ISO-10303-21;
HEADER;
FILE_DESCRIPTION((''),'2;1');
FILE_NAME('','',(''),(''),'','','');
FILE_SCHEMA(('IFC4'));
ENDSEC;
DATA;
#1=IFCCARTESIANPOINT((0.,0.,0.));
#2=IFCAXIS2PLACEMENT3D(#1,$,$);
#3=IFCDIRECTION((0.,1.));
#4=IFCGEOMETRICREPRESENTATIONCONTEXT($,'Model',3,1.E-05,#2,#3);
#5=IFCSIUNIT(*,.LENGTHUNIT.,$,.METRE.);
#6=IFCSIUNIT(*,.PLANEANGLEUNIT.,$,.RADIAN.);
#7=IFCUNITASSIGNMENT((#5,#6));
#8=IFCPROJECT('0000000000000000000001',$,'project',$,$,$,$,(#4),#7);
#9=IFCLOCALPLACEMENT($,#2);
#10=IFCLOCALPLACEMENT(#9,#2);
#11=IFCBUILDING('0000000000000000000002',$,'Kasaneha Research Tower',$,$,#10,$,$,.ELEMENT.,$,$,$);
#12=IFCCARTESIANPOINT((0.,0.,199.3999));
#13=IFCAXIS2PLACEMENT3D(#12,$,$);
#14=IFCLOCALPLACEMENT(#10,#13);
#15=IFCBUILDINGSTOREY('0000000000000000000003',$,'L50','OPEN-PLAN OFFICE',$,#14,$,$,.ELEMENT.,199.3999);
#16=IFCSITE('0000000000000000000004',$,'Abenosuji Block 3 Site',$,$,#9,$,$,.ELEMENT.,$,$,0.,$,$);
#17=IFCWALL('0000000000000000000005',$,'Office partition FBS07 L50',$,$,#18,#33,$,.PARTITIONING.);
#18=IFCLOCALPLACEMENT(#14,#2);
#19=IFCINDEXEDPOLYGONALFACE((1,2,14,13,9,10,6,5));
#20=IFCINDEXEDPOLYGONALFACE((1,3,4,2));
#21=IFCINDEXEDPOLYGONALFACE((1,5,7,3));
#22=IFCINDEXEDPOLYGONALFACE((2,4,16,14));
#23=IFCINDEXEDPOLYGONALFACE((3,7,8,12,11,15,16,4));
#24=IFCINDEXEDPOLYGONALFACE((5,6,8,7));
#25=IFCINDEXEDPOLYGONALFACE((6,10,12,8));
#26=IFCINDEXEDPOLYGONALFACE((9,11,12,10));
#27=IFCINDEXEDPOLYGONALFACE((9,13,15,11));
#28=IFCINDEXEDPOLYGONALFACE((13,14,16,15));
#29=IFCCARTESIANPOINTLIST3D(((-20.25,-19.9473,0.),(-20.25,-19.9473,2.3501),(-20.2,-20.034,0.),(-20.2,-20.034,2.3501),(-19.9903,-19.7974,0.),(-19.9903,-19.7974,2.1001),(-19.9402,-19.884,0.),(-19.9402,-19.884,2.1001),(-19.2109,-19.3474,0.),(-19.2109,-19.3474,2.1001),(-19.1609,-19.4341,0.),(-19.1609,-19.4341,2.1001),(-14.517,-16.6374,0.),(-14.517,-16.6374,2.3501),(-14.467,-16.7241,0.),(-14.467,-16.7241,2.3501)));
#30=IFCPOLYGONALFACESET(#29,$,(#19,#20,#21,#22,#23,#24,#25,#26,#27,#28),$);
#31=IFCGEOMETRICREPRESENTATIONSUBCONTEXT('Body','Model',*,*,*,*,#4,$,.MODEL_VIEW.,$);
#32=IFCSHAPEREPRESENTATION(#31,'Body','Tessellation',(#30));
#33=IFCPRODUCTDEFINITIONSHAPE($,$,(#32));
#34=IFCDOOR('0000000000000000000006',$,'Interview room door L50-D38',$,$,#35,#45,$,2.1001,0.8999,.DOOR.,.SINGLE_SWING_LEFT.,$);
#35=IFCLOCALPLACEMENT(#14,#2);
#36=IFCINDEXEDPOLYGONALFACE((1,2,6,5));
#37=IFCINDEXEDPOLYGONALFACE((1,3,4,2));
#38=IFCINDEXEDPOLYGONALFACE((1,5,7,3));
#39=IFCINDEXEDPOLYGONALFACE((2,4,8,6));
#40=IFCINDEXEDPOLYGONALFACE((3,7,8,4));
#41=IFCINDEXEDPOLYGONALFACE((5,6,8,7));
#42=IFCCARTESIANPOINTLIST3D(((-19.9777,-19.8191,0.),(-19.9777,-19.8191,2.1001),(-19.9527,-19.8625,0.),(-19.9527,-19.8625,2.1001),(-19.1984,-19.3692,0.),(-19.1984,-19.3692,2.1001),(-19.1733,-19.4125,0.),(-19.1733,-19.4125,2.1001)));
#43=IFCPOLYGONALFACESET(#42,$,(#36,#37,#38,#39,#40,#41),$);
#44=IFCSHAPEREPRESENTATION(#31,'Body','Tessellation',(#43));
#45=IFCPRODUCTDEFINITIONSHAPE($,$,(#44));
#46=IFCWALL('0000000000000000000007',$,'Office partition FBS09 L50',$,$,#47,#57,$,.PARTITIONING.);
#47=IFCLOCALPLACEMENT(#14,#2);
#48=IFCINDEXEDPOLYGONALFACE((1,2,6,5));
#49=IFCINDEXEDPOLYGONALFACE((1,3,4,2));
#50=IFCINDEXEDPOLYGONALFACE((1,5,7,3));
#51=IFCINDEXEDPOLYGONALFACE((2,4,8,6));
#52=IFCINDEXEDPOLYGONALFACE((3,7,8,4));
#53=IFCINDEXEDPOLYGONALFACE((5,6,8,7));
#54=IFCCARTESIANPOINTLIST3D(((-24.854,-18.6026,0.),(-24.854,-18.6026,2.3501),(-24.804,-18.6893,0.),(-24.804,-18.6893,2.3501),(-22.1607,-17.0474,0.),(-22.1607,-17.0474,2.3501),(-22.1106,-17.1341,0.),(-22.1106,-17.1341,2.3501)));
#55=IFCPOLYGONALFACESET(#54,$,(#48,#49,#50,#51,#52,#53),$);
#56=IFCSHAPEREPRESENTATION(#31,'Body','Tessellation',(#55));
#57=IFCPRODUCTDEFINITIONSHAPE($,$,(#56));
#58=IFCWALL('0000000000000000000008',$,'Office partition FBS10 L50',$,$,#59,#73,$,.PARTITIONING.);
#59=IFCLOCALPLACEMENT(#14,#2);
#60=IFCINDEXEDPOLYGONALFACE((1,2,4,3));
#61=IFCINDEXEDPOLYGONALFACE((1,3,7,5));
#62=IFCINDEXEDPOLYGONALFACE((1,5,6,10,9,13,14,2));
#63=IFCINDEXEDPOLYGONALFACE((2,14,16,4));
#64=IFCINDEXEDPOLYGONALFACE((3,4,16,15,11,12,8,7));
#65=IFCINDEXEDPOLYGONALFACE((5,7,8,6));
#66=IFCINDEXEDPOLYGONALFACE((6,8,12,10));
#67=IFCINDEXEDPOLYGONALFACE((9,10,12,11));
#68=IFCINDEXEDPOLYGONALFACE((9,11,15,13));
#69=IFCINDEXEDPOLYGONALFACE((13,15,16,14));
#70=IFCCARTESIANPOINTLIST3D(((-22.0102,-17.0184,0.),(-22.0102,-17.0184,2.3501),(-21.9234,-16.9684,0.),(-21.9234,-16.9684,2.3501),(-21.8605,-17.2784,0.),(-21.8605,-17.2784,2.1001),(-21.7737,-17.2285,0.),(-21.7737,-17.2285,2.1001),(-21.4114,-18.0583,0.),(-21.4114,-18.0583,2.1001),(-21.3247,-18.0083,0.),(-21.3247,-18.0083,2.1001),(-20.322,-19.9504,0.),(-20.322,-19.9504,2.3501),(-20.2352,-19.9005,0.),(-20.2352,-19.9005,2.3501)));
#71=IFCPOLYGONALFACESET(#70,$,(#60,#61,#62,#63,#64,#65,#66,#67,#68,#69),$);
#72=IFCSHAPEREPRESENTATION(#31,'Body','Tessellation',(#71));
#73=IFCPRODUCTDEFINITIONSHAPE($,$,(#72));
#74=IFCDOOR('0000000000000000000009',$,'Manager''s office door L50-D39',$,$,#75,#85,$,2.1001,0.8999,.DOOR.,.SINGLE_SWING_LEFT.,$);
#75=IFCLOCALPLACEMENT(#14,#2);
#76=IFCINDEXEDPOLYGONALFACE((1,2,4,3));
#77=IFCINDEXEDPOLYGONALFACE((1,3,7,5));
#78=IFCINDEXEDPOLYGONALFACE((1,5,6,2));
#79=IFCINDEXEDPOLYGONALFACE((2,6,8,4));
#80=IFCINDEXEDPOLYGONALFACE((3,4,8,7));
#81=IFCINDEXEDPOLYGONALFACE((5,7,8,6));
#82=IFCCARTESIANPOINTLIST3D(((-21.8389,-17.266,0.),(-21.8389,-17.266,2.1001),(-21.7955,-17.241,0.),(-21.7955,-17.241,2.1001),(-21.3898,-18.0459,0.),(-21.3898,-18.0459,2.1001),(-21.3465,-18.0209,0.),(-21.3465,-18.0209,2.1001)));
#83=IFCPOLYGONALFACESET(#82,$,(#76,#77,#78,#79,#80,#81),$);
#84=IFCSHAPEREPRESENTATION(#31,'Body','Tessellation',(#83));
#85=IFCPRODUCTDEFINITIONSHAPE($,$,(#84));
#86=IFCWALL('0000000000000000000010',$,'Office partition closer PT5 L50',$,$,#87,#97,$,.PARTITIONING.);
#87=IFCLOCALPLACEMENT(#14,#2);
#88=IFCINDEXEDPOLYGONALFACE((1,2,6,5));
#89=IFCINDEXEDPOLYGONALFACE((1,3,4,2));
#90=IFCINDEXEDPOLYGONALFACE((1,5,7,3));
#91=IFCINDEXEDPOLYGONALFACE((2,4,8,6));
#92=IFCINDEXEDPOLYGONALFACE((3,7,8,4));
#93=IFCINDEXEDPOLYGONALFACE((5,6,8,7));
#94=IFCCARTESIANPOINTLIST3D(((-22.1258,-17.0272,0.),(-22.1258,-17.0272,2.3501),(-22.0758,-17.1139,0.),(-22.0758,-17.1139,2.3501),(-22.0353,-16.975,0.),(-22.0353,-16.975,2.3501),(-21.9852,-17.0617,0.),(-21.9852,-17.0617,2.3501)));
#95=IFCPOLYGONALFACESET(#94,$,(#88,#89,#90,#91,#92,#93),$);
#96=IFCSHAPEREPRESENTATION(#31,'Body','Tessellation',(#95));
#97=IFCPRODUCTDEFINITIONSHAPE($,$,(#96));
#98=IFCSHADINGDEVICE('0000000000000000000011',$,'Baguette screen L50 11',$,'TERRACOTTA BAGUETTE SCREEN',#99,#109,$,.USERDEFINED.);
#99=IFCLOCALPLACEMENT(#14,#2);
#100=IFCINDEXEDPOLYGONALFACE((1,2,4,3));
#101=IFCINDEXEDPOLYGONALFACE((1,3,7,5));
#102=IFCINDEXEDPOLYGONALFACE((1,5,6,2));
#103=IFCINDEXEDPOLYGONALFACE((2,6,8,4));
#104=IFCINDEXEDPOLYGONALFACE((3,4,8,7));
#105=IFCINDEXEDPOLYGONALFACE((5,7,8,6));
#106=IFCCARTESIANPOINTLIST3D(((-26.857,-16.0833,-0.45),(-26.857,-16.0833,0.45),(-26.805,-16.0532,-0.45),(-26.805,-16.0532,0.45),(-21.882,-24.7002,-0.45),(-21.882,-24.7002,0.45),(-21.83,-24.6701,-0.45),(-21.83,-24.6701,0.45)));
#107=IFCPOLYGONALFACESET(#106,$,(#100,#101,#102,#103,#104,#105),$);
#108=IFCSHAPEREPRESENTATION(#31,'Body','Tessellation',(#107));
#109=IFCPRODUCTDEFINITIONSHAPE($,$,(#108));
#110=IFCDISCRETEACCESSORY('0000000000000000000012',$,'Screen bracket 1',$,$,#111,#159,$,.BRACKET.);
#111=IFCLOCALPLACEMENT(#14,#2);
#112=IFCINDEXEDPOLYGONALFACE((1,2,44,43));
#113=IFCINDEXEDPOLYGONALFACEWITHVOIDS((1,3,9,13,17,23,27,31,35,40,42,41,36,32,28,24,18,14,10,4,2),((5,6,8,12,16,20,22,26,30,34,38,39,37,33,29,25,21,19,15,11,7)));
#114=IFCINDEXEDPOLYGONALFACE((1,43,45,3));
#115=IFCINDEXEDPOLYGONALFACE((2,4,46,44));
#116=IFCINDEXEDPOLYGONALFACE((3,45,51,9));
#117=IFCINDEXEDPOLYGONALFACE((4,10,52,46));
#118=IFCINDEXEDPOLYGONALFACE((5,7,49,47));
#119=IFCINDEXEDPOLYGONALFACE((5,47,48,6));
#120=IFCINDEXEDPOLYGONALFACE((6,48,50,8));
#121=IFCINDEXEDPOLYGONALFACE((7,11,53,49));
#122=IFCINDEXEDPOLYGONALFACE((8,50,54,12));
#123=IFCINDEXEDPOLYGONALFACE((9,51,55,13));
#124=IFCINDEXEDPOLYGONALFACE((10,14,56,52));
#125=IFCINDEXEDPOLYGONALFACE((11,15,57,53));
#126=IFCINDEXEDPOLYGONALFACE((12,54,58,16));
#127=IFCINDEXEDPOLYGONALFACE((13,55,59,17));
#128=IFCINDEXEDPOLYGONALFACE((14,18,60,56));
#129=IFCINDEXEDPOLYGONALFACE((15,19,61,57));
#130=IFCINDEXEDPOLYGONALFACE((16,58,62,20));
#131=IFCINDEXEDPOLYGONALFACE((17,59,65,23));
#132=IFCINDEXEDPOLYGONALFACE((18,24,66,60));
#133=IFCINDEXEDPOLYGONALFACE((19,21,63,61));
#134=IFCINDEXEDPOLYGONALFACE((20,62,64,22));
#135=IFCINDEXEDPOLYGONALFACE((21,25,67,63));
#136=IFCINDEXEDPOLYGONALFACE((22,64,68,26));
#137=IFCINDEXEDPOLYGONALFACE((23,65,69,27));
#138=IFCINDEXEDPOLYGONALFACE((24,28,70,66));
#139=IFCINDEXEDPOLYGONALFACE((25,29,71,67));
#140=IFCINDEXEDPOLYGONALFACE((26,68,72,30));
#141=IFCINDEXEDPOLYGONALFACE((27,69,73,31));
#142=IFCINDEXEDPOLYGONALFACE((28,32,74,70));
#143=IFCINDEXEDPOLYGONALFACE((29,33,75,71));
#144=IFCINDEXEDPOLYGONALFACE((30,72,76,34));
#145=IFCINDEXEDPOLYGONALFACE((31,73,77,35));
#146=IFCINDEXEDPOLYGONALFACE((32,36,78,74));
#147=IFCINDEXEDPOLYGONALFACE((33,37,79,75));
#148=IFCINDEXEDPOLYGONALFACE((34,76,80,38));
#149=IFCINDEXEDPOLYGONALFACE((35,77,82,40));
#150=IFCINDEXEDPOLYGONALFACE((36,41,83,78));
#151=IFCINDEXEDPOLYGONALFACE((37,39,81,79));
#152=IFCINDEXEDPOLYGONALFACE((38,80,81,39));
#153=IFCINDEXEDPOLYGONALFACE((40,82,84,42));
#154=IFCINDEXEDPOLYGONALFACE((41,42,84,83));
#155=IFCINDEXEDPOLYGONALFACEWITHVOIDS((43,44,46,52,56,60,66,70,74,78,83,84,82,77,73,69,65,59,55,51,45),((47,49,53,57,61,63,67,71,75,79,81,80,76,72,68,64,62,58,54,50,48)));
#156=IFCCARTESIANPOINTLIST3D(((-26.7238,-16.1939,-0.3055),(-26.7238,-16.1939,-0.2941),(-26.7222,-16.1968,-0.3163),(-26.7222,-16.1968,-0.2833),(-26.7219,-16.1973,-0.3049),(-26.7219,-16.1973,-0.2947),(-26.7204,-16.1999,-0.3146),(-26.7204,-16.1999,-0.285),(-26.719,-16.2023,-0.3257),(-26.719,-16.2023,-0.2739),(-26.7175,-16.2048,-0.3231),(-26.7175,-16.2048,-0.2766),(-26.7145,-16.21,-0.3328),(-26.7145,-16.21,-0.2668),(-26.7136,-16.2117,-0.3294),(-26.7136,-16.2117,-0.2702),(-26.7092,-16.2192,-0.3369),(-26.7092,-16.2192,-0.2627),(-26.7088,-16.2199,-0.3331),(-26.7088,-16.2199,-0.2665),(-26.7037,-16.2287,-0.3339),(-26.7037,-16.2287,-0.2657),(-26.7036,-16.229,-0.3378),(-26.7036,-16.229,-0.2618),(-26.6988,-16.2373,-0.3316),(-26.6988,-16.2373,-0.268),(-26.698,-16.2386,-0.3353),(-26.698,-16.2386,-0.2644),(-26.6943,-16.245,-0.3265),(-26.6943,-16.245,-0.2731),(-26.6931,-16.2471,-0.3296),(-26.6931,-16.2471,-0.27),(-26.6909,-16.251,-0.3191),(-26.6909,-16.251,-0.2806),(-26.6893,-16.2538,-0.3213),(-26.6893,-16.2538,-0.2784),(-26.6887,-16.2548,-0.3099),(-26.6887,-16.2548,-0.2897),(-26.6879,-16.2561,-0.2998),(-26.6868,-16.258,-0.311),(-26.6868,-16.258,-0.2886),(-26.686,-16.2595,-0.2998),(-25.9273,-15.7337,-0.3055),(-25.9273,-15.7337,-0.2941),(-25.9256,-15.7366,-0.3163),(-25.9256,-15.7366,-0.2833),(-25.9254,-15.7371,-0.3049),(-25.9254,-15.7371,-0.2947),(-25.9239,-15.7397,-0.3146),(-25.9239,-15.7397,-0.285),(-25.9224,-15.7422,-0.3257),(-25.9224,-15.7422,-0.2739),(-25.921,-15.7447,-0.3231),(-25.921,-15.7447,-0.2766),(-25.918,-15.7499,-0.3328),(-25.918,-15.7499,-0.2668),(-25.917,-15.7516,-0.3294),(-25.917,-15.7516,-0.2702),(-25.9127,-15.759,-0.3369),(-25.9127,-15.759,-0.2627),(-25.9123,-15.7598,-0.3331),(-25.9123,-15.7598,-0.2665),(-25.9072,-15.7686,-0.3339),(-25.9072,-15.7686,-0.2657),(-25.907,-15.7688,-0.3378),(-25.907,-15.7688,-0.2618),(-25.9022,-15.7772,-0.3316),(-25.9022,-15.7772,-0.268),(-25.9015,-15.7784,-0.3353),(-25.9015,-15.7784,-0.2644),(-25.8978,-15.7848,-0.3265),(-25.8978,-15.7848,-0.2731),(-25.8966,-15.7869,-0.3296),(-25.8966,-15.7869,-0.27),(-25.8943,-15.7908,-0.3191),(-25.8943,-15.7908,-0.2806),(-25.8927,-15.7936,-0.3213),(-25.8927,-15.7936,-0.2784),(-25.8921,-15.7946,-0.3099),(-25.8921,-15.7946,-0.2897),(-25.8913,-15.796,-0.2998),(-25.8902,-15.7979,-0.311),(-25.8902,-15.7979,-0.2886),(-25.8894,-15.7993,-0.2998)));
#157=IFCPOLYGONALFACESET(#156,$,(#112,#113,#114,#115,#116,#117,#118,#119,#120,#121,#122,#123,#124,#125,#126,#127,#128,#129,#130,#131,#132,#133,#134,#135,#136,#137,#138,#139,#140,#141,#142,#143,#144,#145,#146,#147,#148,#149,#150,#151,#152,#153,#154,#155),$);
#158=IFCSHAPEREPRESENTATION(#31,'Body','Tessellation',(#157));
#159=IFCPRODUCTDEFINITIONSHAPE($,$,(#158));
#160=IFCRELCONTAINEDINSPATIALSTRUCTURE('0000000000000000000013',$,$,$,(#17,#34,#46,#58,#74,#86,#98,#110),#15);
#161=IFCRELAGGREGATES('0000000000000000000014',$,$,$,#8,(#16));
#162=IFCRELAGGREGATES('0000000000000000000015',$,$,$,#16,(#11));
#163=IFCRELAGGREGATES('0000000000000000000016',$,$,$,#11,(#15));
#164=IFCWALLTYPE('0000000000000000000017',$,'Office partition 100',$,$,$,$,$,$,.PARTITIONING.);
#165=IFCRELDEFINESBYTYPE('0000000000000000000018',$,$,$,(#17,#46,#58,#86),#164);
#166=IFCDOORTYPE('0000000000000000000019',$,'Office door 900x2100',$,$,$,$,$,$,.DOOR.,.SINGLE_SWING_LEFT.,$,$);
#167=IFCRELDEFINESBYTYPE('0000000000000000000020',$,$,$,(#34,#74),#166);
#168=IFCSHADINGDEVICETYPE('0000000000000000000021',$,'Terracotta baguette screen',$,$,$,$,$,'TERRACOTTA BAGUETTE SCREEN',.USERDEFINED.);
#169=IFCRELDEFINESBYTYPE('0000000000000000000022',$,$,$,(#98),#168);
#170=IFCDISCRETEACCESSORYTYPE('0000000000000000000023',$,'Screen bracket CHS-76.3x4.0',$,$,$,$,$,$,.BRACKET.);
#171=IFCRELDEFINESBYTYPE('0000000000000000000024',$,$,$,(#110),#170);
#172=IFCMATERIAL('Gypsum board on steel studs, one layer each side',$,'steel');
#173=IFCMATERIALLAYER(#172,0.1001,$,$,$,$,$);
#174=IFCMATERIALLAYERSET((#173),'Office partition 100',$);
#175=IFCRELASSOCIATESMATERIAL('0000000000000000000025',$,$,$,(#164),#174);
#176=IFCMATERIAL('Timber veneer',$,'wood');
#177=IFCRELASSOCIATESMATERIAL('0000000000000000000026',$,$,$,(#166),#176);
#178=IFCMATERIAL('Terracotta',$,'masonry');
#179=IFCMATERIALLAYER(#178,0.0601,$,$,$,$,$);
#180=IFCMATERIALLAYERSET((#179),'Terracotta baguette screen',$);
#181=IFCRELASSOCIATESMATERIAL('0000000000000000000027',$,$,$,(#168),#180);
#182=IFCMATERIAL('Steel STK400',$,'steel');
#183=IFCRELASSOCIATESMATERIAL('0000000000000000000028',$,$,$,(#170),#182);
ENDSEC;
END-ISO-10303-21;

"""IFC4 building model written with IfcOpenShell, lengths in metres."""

from ifc_helpers import new_model, si_unit, direction, frame, frame_2d, origin, origin_2d, place, context, subcontext, project, spatial, rectangle, hollow_circle, extrude, material, layer, layer_set, material_profile, profile_set, type_object, element, fill, save


model = new_model("IFC4")

# Units and contexts
model_context = context("Model", 3, precision=1e-05, world=origin(), true_north=direction((0.0, 1.0)))
body_context = subcontext(model_context, "Body", "Model", "MODEL_VIEW")
ifc_project = project(units=[si_unit("LENGTHUNIT", "METRE"), si_unit("PLANEANGLEUNIT", "RADIAN")], contexts=[model_context])

# Site, building, storey
site_placement = place(None, origin())
site = spatial("IfcSite", under=ifc_project, at=site_placement, Name="Abenosuji Block 3 Site", CompositionType="ELEMENT", RefElevation=0.0)
building_placement = place(site_placement, origin())
building = spatial("IfcBuilding", under=site, at=building_placement, Name="Kasaneha Research Tower", CompositionType="ELEMENT")
storey_placement = place(building_placement, frame((0.0, 0.0, 199.3999)))
storey = spatial("IfcBuildingStorey", under=building, at=storey_placement, Name="L50", Description="OPEN-PLAN OFFICE", CompositionType="ELEMENT", Elevation=199.3999)

# Shared definitions
ifc_material_1 = material(Name="Gypsum board on steel studs, one layer each side", Category="steel")
ifc_layer_1 = layer(ifc_material_1, 0.1001)
ifc_layer_set_1 = layer_set([ifc_layer_1], Name="Office partition 100")
wall_type = type_object("IfcWallType", Name="Office partition 100", PredefinedType="PARTITIONING", material=ifc_layer_set_1)

# Wall, opening, door
wall_1_placement = place(storey_placement, frame((-20.2251, -19.9907, 0.0), z_axis=(0.0, 0.0, 1.0), x_axis=(0.866031, 0.499991, 0.0)))
wall_1 = element("IfcWall", 1, at=wall_1_placement, inside=storey, type_object=wall_type, Name="Office partition FBS07 L50", PredefinedType="PARTITIONING", context=body_context, shape_type="SweptSolid", body=[
    extrude(rectangle(XDim=6.6199, YDim=0.1001, at=frame_2d((3.3101, 0.0))), origin(), (0.0, 0.0, 1.0), 2.3501),
])
opening_1_placement = place(wall_1_placement, frame((0.3, 0.0, 0.0)))
opening_1 = element("IfcOpeningElement", 2, at=opening_1_placement, cuts=wall_1, PredefinedType="OPENING", context=body_context, shape_type="SweptSolid", body=[
    extrude(rectangle(XDim=0.8999, YDim=2.1001, at=frame_2d((0.45, 1.05))), frame((0.0, 0.0601, 0.0), z_axis=(0.0, -1.0, 0.0), x_axis=(1.0, 0.0, 0.0)), (0.0, 0.0, 1.0), 0.1201),
])
ifc_material_2 = material(Name="Timber veneer", Category="wood")
door_type = type_object("IfcDoorType", Name="Office door 900x2100", OperationType="SINGLE_SWING_LEFT", PredefinedType="DOOR", material=ifc_material_2)
door_1_placement = place(opening_1_placement, origin())
door_1 = element("IfcDoor", 3, at=door_1_placement, inside=storey, type_object=door_type, Name="Interview room door L50-D38", OperationType="SINGLE_SWING_LEFT", OverallHeight=2.1001, OverallWidth=0.8999, PredefinedType="DOOR", context=body_context, shape_type="SweptSolid", body=[
    extrude(rectangle(XDim=0.8999, YDim=2.1001, at=frame_2d((0.45, 1.05))), frame((0.0, 0.0249, 0.0), z_axis=(0.0, -1.0, 0.0), x_axis=(1.0, 0.0, 0.0)), (0.0, 0.0, 1.0), 0.05),
])
fill(opening_1, door_1)

# Wall
wall_2_placement = place(storey_placement, frame((-24.8291, -18.646, 0.0), z_axis=(0.0, 0.0, 1.0), x_axis=(0.866003, 0.50004, 0.0)))
element("IfcWall", 4, at=wall_2_placement, inside=storey, type_object=wall_type, Name="Office partition FBS09 L50", PredefinedType="PARTITIONING", context=body_context, shape_type="SweptSolid", body=[
    extrude(rectangle(XDim=3.1101, YDim=0.1001, at=frame_2d((1.5552, 0.0))), origin(), (0.0, 0.0, 1.0), 2.3501),
])

# Wall, opening, door
wall_3_placement = place(storey_placement, frame((-21.9668, -16.9934, 0.0), z_axis=(0.0, 0.0, 1.0), x_axis=(0.498973, -0.866618, 0.0)))
wall_3 = element("IfcWall", 5, at=wall_3_placement, inside=storey, type_object=wall_type, Name="Office partition FBS10 L50", PredefinedType="PARTITIONING", context=body_context, shape_type="SweptSolid", body=[
    extrude(rectangle(XDim=3.3833, YDim=0.1001, at=frame_2d((1.6917, 0.0))), origin(), (0.0, 0.0, 1.0), 2.3501),
])
opening_2_placement = place(wall_3_placement, frame((0.3, 0.0, 0.0)))
opening_2 = element("IfcOpeningElement", 6, at=opening_2_placement, cuts=wall_3, PredefinedType="OPENING", context=body_context, shape_type="SweptSolid", body=[
    extrude(rectangle(XDim=0.8999, YDim=2.1001, at=frame_2d((0.45, 1.05))), frame((0.0, 0.0601, 0.0), z_axis=(0.0, -1.0, 0.0), x_axis=(1.0, 0.0, 0.0)), (0.0, 0.0, 1.0), 0.1201),
])
door_2_placement = place(opening_2_placement, origin())
door_2 = element("IfcDoor", 7, at=door_2_placement, inside=storey, type_object=door_type, Name="Manager's office door L50-D39", OperationType="SINGLE_SWING_LEFT", OverallHeight=2.1001, OverallWidth=0.8999, PredefinedType="DOOR", context=body_context, shape_type="SweptSolid", body=[
    extrude(rectangle(XDim=0.8999, YDim=2.1001, at=frame_2d((0.45, 1.05))), frame((0.0, 0.0249, 0.0), z_axis=(0.0, -1.0, 0.0), x_axis=(1.0, 0.0, 0.0)), (0.0, 0.0, 1.0), 0.05),
])
fill(opening_2, door_2)

# Wall
wall_4_placement = place(storey_placement, frame((-22.0103, -17.0183, 0.0), z_axis=(0.0, 0.0, 1.0), x_axis=(-0.866224, -0.499655, 0.0)))
element("IfcWall", 8, at=wall_4_placement, inside=storey, type_object=wall_type, Name="Office partition closer PT5 L50", PredefinedType="PARTITIONING", context=body_context, shape_type="SweptSolid", body=[
    extrude(rectangle(XDim=0.1045, YDim=0.1001, at=frame_2d((0.0522, 0.0))), origin(), (0.0, 0.0, 1.0), 2.3501),
])

# Shading device
ifc_material_3 = material(Name="Terracotta", Category="masonry")
ifc_layer_2 = layer(ifc_material_3, 0.0601)
ifc_layer_set_2 = layer_set([ifc_layer_2], Name="Terracotta baguette screen")
shading_device_type = type_object("IfcShadingDeviceType", Name="Terracotta baguette screen", ElementType="TERRACOTTA BAGUETTE SCREEN", PredefinedType="USERDEFINED", material=ifc_layer_set_2)
shading_device_placement = place(storey_placement, frame((-24.3435, -20.3767, -0.45), z_axis=(0.0, 0.0, 1.0), x_axis=(0.5, -0.866025, 0.0)))
element("IfcShadingDevice", 9, at=shading_device_placement, inside=storey, type_object=shading_device_type, Name="Baguette screen L50 11", ObjectType="TERRACOTTA BAGUETTE SCREEN", PredefinedType="USERDEFINED", context=body_context, shape_type="SweptSolid", body=[
    extrude(rectangle(XDim=9.95, YDim=0.0601, at=origin_2d()), origin(), (0.0, 0.0, 1.0), 0.8999),
])

# Discrete accessory
ifc_material_4 = material(Name="Steel STK400", Category="steel")
ifc_material_profile_1 = material_profile(ifc_material_4, hollow_circle(Radius=0.0381, WallThickness=0.0039, at=origin_2d()), Name="CHS-76.3x4.0")
ifc_profile_set_1 = profile_set([ifc_material_profile_1], Name="Steel STK400")
discrete_accessory_type = type_object("IfcDiscreteAccessoryType", Name="Screen bracket CHS-76.3x4.0", PredefinedType="BRACKET", material=ifc_profile_set_1)
discrete_accessory_1_placement = place(storey_placement, frame((-25.9084, -15.7664, -0.2998), z_axis=(-0.865898, -0.50022, 0.0), x_axis=(0.50022, -0.865898, 0.0)))
element("IfcDiscreteAccessory", 10, at=discrete_accessory_1_placement, inside=storey, type_object=discrete_accessory_type, Name="Screen bracket 1", PredefinedType="BRACKET", context=body_context, shape_type="SweptSolid", body=[
    extrude(hollow_circle(Radius=0.0381, WallThickness=0.0039, at=origin_2d()), origin(), (0.0, 0.0, 1.0), 0.9199),
])

save(model, "model.ifc")
